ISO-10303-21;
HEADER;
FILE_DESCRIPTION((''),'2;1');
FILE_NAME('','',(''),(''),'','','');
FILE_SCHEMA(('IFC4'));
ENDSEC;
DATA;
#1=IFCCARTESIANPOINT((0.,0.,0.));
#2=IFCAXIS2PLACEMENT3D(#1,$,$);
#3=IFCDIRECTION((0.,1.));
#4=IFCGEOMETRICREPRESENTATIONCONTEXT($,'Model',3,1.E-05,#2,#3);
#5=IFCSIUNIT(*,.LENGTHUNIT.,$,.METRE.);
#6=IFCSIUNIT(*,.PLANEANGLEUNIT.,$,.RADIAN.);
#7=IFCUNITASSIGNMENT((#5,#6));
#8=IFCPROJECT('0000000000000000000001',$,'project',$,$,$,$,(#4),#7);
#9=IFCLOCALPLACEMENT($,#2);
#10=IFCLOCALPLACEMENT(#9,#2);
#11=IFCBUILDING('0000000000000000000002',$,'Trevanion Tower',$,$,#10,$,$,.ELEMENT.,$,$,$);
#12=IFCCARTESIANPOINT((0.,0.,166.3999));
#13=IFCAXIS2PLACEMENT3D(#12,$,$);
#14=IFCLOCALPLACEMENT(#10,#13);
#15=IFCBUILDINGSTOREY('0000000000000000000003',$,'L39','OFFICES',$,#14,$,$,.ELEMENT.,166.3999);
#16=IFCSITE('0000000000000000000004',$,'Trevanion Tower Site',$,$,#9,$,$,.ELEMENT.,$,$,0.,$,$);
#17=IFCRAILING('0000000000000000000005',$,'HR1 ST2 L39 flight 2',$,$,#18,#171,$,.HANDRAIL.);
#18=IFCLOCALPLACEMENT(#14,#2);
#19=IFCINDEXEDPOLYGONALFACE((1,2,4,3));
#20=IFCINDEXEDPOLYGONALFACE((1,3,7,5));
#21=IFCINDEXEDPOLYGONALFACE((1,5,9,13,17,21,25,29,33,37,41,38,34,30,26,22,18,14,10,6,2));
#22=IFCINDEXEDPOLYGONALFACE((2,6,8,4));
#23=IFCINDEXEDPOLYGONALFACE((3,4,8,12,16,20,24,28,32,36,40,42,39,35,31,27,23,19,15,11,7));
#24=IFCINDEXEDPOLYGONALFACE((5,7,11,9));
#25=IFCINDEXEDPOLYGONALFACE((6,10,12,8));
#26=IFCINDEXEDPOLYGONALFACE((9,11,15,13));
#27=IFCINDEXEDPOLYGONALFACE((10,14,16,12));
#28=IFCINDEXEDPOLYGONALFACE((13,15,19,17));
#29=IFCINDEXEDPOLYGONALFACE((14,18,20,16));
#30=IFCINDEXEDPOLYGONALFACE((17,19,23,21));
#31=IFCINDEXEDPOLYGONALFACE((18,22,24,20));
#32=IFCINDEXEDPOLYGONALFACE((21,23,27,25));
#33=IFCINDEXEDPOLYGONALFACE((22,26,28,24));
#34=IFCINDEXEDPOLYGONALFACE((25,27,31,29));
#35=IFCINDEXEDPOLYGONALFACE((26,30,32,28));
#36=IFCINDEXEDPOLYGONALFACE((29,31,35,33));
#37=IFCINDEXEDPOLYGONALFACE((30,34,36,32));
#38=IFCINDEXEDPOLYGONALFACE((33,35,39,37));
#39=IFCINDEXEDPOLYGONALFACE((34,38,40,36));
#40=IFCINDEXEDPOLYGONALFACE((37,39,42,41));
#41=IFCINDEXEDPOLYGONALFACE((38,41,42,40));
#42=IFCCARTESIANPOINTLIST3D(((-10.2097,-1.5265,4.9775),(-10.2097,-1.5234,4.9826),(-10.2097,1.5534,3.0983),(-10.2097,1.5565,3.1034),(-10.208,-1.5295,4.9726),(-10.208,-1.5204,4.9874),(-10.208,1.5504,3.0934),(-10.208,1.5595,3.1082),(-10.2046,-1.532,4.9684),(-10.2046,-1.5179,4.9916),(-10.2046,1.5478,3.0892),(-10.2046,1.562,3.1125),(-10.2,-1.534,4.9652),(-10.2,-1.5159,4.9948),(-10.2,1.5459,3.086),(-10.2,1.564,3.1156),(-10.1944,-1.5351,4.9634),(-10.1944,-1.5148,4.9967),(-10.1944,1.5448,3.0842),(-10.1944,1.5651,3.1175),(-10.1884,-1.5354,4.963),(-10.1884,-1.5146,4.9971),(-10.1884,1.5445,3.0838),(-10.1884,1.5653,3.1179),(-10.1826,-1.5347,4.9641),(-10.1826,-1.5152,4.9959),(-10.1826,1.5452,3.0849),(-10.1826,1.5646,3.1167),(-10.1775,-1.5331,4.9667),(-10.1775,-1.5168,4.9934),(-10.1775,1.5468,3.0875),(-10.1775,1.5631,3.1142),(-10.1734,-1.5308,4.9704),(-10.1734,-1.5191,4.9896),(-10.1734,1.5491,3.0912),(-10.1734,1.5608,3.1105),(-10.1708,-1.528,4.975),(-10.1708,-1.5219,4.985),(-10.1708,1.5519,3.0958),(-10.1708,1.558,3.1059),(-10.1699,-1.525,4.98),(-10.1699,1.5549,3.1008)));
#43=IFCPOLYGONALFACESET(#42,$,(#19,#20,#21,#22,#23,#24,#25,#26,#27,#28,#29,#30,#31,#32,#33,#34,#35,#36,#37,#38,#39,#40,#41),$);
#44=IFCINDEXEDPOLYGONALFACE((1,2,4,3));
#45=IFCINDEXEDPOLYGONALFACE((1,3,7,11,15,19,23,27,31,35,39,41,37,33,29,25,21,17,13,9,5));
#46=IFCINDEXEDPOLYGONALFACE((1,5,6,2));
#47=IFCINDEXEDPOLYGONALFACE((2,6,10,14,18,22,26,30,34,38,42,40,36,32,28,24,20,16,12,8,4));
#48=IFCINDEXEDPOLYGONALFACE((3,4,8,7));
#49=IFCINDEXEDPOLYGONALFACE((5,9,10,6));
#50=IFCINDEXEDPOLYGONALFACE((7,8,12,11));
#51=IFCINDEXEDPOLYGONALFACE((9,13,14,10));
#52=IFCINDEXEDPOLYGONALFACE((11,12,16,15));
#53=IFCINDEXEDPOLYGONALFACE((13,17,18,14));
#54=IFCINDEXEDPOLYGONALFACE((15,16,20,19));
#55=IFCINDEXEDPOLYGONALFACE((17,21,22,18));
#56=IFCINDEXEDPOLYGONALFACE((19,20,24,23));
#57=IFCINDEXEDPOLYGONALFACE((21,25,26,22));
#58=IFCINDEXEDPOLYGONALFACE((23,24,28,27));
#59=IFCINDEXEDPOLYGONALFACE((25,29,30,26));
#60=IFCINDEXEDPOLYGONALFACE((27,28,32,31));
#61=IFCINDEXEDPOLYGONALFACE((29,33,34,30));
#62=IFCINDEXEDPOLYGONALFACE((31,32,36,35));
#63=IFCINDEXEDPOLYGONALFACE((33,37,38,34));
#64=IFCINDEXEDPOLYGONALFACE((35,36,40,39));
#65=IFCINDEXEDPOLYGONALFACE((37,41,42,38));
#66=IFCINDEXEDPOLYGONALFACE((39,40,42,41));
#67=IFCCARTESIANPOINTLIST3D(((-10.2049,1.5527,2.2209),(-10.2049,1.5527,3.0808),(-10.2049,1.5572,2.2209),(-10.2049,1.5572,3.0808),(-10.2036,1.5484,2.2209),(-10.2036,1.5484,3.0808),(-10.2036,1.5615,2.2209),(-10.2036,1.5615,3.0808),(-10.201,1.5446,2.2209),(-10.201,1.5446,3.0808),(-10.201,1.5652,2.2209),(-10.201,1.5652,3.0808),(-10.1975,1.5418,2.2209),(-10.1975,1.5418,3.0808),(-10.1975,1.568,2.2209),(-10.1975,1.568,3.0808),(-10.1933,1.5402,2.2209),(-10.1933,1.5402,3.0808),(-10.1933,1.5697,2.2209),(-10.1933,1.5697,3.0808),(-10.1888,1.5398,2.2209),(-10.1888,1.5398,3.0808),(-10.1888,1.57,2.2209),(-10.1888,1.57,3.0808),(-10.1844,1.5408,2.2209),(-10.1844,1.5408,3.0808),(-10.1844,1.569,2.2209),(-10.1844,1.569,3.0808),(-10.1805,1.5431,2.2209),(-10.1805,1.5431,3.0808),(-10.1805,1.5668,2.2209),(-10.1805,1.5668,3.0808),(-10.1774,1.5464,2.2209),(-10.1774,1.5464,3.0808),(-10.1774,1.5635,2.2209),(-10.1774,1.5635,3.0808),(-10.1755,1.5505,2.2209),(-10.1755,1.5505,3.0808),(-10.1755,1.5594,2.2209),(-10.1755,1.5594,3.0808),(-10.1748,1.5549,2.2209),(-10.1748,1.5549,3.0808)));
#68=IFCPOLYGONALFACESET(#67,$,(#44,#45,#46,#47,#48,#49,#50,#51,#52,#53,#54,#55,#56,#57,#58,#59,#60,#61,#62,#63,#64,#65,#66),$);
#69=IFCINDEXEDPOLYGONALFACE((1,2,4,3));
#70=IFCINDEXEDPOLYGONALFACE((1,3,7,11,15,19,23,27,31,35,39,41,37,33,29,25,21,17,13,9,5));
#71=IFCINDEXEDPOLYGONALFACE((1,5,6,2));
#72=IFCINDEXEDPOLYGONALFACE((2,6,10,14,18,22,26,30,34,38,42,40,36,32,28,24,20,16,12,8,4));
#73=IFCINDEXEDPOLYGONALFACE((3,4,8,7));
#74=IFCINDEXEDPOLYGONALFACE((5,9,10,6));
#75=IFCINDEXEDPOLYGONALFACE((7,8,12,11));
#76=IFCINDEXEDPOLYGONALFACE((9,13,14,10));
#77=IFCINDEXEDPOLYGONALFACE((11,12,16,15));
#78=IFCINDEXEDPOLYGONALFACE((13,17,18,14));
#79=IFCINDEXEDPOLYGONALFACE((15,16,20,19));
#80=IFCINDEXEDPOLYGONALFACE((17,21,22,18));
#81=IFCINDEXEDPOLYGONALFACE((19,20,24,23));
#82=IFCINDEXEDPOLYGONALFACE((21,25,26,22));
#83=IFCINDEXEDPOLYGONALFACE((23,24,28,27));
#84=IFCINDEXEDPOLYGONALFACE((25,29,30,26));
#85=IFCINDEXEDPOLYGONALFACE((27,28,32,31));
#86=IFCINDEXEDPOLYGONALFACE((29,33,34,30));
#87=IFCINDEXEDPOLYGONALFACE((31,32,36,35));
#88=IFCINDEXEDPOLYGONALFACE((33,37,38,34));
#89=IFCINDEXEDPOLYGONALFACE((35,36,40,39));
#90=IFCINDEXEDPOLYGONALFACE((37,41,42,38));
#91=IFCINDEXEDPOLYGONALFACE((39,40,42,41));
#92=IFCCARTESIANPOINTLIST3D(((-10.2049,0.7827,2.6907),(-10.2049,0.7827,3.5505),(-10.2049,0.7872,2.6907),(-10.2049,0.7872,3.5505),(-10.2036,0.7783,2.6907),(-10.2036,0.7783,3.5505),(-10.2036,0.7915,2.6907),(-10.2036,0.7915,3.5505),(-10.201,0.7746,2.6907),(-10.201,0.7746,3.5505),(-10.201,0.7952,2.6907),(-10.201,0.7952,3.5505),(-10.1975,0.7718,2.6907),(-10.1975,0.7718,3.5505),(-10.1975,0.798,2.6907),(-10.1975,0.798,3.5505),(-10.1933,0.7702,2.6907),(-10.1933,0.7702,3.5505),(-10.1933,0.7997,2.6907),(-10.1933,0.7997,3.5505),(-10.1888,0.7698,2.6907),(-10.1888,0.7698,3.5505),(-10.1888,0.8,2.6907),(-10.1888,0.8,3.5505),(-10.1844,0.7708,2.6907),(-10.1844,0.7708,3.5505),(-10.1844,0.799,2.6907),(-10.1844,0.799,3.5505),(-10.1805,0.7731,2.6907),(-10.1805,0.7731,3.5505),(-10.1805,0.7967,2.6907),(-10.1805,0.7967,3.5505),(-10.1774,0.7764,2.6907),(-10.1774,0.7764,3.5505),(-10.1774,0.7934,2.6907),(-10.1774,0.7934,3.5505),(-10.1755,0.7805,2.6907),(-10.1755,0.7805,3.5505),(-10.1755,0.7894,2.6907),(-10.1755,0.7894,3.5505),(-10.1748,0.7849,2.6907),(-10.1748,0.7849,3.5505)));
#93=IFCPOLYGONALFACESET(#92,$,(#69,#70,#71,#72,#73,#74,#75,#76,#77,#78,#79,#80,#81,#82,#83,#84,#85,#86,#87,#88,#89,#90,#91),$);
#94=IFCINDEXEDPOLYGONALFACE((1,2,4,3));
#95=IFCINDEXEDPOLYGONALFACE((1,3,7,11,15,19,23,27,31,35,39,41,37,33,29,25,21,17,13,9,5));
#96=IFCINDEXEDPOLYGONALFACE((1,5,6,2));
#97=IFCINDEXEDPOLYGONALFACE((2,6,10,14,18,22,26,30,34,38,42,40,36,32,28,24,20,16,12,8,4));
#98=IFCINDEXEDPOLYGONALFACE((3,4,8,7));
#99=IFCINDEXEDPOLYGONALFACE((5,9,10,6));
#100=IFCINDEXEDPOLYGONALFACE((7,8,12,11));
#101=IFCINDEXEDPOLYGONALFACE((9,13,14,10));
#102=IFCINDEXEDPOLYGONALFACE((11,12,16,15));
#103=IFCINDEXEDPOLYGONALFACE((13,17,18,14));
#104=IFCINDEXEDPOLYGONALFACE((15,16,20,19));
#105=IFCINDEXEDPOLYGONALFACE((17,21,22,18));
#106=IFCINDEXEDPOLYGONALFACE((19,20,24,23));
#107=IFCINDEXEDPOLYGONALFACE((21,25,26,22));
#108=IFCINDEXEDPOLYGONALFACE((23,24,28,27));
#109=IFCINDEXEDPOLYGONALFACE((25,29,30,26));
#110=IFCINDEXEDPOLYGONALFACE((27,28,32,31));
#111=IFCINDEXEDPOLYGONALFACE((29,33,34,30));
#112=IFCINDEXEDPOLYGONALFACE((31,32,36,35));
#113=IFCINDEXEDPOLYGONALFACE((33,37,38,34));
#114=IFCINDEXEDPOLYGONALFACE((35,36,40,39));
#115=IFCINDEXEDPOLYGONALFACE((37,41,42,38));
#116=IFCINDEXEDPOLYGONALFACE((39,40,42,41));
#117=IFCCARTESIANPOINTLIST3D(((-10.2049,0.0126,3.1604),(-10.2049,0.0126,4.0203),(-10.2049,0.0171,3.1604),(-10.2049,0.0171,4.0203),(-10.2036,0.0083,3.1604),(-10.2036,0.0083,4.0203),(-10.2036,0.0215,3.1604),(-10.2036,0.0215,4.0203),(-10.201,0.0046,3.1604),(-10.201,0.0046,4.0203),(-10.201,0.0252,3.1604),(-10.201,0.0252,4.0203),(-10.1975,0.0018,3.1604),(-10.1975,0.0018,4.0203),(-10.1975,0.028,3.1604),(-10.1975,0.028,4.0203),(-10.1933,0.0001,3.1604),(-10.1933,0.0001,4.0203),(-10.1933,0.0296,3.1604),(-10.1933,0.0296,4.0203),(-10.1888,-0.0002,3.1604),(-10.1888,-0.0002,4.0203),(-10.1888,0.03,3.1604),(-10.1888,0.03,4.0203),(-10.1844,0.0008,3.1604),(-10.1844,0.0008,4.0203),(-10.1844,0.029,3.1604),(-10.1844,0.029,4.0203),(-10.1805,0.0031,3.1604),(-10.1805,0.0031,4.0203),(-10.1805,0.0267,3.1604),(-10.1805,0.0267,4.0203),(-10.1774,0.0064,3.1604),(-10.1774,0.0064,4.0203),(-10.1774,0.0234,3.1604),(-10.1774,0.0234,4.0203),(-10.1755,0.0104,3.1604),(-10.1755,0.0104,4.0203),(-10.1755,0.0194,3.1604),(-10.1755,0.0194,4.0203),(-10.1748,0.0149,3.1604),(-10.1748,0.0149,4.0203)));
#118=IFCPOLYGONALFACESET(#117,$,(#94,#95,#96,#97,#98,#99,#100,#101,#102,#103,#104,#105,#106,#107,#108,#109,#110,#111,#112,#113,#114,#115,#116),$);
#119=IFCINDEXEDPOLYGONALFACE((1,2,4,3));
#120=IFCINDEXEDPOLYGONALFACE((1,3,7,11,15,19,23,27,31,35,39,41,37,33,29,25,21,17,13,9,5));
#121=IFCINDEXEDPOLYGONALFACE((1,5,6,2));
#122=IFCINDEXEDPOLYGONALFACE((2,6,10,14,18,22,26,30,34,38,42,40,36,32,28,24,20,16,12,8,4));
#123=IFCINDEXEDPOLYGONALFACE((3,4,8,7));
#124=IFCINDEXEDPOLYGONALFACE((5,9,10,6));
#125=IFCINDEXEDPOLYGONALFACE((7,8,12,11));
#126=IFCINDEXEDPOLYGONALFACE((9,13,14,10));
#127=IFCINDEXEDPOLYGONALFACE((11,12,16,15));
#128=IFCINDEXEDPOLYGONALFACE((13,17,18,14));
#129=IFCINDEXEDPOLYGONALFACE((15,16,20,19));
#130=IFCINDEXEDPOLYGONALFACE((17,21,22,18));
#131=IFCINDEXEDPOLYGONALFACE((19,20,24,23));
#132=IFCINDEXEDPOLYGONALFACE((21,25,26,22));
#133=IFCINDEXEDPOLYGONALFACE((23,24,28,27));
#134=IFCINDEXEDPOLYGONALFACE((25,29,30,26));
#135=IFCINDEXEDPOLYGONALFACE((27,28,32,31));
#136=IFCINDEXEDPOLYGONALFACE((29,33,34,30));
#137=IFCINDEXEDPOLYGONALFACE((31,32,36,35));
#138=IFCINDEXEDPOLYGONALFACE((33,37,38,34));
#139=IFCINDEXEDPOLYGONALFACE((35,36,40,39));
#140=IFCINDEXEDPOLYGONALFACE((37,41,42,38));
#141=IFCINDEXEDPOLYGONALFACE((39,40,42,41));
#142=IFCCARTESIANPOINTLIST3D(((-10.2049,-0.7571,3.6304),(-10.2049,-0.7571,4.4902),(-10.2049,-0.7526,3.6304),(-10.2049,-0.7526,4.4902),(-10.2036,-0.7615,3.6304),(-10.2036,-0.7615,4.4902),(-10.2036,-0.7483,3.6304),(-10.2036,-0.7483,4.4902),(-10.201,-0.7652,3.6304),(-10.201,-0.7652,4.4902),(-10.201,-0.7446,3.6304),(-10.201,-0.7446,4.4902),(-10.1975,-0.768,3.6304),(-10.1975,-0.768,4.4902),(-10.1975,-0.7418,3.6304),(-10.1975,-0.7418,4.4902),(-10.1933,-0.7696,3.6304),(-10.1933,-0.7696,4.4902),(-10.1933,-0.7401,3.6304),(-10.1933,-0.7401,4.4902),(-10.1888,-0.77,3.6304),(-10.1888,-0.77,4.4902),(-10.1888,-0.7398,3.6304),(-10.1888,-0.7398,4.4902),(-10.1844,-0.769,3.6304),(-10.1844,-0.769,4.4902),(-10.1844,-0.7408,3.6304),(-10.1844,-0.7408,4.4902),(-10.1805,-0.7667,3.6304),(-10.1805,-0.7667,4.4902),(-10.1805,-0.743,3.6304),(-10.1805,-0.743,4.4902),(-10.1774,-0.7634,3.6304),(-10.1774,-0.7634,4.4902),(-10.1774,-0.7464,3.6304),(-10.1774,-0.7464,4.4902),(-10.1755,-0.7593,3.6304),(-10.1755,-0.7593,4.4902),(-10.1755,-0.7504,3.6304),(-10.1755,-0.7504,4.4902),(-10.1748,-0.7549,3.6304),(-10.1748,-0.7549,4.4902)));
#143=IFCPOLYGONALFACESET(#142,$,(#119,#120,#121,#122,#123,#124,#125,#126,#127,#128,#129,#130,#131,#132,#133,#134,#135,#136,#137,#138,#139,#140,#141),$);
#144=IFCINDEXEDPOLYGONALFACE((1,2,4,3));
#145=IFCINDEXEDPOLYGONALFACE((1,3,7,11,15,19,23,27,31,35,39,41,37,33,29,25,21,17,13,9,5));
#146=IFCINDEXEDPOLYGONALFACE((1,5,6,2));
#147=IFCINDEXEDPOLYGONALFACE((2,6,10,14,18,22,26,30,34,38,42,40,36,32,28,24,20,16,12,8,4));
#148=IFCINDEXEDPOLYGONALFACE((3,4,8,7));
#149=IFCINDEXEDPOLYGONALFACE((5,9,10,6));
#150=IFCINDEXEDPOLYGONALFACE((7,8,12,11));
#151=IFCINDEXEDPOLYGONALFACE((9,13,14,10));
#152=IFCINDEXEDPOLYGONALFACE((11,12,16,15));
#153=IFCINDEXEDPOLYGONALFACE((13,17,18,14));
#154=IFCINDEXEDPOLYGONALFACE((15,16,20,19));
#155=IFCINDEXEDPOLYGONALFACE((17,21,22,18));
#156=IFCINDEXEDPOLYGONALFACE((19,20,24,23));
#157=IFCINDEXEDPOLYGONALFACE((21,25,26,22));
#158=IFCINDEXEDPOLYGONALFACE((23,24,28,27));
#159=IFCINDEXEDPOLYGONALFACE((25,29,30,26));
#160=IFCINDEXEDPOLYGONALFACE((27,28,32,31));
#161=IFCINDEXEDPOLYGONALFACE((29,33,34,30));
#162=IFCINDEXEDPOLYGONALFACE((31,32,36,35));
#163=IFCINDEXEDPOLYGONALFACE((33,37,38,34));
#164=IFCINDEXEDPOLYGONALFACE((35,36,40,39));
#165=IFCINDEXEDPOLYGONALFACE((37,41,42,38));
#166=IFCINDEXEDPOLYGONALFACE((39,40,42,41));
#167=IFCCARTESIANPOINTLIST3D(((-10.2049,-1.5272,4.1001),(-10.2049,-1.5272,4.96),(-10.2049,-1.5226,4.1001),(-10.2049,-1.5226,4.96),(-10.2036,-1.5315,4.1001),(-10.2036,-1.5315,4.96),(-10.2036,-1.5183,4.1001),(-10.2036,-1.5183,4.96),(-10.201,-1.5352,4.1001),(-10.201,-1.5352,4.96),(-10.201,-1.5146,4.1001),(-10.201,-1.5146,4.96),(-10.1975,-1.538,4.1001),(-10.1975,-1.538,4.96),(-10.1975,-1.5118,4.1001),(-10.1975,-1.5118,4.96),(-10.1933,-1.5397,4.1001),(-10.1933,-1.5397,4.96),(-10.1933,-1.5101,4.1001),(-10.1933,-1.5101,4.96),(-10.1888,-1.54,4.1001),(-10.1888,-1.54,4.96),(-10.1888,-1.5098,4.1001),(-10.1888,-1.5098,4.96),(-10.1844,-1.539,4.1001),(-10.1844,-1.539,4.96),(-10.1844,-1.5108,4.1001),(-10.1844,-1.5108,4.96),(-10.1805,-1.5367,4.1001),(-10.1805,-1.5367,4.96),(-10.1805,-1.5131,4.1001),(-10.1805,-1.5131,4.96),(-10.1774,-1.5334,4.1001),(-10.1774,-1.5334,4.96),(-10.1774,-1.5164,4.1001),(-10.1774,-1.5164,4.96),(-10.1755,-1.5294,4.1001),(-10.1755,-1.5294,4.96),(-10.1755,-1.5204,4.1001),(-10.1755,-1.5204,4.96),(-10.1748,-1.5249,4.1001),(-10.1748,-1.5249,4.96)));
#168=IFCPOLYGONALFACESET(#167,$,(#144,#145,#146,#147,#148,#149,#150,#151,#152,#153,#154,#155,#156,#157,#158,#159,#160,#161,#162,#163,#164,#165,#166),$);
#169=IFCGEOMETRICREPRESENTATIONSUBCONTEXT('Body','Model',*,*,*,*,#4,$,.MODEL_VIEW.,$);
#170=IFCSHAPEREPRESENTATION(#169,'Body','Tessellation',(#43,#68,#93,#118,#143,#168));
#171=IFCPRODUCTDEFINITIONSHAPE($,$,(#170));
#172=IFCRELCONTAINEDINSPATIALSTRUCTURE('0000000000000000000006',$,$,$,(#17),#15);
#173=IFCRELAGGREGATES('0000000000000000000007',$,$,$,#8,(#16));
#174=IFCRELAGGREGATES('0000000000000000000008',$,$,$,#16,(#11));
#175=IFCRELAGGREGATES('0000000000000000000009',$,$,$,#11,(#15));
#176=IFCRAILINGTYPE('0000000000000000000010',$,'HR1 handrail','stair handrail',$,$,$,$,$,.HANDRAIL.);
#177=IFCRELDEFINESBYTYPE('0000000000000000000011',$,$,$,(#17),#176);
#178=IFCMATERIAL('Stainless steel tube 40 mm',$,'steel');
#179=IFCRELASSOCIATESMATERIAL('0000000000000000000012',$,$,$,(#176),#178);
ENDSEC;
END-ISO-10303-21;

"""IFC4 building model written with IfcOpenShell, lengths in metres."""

from ifc_helpers import new_model, si_unit, direction, frame, origin, origin_2d, place, context, subcontext, project, spatial, circle, extrude, material, type_object, element, save


model = new_model("IFC4")

# Units and contexts
model_context = context("Model", 3, precision=1e-05, world=origin(), true_north=direction((0.0, 1.0)))
body_context = subcontext(model_context, "Body", "Model", "MODEL_VIEW")
ifc_project = project(units=[si_unit("LENGTHUNIT", "METRE"), si_unit("PLANEANGLEUNIT", "RADIAN")], contexts=[model_context])

# Site, building, storey
site_placement = place(None, origin())
site = spatial("IfcSite", under=ifc_project, at=site_placement, Name="Trevanion Tower Site", CompositionType="ELEMENT", RefElevation=0.0)
building_placement = place(site_placement, origin())
building = spatial("IfcBuilding", under=site, at=building_placement, Name="Trevanion Tower", CompositionType="ELEMENT")
storey_placement = place(building_placement, frame((0.0, 0.0, 166.3999)))
storey = spatial("IfcBuildingStorey", under=building, at=storey_placement, Name="L39", Description="OFFICES", CompositionType="ELEMENT", Elevation=166.3999)

# Railing
ifc_material_1 = material(Name="Stainless steel tube 40 mm", Category="steel")
railing_type = type_object("IfcRailingType", Name="HR1 handrail", Description="stair handrail", PredefinedType="HANDRAIL", material=ifc_material_1)
for number, where, name in (
    (1, (-10.1899, 1.5549, 2.2209), "HR1 ST2 L39 flight 2"),
):
    element("IfcRailing", number, at=place(storey_placement, frame(where)), inside=storey, type_object=railing_type, Name=name, PredefinedType="HANDRAIL", context=body_context, shape_type="SweptSolid", body=[
        extrude(circle(Radius=0.02, at=origin_2d()), frame((0.0, 0.0, 0.8799), z_axis=(0.0, -0.853648, 0.52085), x_axis=(1.0, 0.0, 0.0)), (0.0, 0.0, 1.0), 3.6079),
        extrude(circle(Radius=0.0151, at=origin_2d()), origin(), (0.0, 0.0, 1.0), 0.8599),
        extrude(circle(Radius=0.0151, at=origin_2d()), frame((0.0, -0.77, 0.4697)), (0.0, 0.0, 1.0), 0.8599),
        extrude(circle(Radius=0.0151, at=origin_2d()), frame((0.0, -1.54, 0.9395)), (0.0, 0.0, 1.0), 0.8599),
        extrude(circle(Radius=0.0151, at=origin_2d()), frame((0.0, -2.3098, 1.4094)), (0.0, 0.0, 1.0), 0.8599),
        extrude(circle(Radius=0.0151, at=origin_2d()), frame((0.0, -3.0798, 1.8792)), (0.0, 0.0, 1.0), 0.8599),
    ])

save(model, "model.ifc")
